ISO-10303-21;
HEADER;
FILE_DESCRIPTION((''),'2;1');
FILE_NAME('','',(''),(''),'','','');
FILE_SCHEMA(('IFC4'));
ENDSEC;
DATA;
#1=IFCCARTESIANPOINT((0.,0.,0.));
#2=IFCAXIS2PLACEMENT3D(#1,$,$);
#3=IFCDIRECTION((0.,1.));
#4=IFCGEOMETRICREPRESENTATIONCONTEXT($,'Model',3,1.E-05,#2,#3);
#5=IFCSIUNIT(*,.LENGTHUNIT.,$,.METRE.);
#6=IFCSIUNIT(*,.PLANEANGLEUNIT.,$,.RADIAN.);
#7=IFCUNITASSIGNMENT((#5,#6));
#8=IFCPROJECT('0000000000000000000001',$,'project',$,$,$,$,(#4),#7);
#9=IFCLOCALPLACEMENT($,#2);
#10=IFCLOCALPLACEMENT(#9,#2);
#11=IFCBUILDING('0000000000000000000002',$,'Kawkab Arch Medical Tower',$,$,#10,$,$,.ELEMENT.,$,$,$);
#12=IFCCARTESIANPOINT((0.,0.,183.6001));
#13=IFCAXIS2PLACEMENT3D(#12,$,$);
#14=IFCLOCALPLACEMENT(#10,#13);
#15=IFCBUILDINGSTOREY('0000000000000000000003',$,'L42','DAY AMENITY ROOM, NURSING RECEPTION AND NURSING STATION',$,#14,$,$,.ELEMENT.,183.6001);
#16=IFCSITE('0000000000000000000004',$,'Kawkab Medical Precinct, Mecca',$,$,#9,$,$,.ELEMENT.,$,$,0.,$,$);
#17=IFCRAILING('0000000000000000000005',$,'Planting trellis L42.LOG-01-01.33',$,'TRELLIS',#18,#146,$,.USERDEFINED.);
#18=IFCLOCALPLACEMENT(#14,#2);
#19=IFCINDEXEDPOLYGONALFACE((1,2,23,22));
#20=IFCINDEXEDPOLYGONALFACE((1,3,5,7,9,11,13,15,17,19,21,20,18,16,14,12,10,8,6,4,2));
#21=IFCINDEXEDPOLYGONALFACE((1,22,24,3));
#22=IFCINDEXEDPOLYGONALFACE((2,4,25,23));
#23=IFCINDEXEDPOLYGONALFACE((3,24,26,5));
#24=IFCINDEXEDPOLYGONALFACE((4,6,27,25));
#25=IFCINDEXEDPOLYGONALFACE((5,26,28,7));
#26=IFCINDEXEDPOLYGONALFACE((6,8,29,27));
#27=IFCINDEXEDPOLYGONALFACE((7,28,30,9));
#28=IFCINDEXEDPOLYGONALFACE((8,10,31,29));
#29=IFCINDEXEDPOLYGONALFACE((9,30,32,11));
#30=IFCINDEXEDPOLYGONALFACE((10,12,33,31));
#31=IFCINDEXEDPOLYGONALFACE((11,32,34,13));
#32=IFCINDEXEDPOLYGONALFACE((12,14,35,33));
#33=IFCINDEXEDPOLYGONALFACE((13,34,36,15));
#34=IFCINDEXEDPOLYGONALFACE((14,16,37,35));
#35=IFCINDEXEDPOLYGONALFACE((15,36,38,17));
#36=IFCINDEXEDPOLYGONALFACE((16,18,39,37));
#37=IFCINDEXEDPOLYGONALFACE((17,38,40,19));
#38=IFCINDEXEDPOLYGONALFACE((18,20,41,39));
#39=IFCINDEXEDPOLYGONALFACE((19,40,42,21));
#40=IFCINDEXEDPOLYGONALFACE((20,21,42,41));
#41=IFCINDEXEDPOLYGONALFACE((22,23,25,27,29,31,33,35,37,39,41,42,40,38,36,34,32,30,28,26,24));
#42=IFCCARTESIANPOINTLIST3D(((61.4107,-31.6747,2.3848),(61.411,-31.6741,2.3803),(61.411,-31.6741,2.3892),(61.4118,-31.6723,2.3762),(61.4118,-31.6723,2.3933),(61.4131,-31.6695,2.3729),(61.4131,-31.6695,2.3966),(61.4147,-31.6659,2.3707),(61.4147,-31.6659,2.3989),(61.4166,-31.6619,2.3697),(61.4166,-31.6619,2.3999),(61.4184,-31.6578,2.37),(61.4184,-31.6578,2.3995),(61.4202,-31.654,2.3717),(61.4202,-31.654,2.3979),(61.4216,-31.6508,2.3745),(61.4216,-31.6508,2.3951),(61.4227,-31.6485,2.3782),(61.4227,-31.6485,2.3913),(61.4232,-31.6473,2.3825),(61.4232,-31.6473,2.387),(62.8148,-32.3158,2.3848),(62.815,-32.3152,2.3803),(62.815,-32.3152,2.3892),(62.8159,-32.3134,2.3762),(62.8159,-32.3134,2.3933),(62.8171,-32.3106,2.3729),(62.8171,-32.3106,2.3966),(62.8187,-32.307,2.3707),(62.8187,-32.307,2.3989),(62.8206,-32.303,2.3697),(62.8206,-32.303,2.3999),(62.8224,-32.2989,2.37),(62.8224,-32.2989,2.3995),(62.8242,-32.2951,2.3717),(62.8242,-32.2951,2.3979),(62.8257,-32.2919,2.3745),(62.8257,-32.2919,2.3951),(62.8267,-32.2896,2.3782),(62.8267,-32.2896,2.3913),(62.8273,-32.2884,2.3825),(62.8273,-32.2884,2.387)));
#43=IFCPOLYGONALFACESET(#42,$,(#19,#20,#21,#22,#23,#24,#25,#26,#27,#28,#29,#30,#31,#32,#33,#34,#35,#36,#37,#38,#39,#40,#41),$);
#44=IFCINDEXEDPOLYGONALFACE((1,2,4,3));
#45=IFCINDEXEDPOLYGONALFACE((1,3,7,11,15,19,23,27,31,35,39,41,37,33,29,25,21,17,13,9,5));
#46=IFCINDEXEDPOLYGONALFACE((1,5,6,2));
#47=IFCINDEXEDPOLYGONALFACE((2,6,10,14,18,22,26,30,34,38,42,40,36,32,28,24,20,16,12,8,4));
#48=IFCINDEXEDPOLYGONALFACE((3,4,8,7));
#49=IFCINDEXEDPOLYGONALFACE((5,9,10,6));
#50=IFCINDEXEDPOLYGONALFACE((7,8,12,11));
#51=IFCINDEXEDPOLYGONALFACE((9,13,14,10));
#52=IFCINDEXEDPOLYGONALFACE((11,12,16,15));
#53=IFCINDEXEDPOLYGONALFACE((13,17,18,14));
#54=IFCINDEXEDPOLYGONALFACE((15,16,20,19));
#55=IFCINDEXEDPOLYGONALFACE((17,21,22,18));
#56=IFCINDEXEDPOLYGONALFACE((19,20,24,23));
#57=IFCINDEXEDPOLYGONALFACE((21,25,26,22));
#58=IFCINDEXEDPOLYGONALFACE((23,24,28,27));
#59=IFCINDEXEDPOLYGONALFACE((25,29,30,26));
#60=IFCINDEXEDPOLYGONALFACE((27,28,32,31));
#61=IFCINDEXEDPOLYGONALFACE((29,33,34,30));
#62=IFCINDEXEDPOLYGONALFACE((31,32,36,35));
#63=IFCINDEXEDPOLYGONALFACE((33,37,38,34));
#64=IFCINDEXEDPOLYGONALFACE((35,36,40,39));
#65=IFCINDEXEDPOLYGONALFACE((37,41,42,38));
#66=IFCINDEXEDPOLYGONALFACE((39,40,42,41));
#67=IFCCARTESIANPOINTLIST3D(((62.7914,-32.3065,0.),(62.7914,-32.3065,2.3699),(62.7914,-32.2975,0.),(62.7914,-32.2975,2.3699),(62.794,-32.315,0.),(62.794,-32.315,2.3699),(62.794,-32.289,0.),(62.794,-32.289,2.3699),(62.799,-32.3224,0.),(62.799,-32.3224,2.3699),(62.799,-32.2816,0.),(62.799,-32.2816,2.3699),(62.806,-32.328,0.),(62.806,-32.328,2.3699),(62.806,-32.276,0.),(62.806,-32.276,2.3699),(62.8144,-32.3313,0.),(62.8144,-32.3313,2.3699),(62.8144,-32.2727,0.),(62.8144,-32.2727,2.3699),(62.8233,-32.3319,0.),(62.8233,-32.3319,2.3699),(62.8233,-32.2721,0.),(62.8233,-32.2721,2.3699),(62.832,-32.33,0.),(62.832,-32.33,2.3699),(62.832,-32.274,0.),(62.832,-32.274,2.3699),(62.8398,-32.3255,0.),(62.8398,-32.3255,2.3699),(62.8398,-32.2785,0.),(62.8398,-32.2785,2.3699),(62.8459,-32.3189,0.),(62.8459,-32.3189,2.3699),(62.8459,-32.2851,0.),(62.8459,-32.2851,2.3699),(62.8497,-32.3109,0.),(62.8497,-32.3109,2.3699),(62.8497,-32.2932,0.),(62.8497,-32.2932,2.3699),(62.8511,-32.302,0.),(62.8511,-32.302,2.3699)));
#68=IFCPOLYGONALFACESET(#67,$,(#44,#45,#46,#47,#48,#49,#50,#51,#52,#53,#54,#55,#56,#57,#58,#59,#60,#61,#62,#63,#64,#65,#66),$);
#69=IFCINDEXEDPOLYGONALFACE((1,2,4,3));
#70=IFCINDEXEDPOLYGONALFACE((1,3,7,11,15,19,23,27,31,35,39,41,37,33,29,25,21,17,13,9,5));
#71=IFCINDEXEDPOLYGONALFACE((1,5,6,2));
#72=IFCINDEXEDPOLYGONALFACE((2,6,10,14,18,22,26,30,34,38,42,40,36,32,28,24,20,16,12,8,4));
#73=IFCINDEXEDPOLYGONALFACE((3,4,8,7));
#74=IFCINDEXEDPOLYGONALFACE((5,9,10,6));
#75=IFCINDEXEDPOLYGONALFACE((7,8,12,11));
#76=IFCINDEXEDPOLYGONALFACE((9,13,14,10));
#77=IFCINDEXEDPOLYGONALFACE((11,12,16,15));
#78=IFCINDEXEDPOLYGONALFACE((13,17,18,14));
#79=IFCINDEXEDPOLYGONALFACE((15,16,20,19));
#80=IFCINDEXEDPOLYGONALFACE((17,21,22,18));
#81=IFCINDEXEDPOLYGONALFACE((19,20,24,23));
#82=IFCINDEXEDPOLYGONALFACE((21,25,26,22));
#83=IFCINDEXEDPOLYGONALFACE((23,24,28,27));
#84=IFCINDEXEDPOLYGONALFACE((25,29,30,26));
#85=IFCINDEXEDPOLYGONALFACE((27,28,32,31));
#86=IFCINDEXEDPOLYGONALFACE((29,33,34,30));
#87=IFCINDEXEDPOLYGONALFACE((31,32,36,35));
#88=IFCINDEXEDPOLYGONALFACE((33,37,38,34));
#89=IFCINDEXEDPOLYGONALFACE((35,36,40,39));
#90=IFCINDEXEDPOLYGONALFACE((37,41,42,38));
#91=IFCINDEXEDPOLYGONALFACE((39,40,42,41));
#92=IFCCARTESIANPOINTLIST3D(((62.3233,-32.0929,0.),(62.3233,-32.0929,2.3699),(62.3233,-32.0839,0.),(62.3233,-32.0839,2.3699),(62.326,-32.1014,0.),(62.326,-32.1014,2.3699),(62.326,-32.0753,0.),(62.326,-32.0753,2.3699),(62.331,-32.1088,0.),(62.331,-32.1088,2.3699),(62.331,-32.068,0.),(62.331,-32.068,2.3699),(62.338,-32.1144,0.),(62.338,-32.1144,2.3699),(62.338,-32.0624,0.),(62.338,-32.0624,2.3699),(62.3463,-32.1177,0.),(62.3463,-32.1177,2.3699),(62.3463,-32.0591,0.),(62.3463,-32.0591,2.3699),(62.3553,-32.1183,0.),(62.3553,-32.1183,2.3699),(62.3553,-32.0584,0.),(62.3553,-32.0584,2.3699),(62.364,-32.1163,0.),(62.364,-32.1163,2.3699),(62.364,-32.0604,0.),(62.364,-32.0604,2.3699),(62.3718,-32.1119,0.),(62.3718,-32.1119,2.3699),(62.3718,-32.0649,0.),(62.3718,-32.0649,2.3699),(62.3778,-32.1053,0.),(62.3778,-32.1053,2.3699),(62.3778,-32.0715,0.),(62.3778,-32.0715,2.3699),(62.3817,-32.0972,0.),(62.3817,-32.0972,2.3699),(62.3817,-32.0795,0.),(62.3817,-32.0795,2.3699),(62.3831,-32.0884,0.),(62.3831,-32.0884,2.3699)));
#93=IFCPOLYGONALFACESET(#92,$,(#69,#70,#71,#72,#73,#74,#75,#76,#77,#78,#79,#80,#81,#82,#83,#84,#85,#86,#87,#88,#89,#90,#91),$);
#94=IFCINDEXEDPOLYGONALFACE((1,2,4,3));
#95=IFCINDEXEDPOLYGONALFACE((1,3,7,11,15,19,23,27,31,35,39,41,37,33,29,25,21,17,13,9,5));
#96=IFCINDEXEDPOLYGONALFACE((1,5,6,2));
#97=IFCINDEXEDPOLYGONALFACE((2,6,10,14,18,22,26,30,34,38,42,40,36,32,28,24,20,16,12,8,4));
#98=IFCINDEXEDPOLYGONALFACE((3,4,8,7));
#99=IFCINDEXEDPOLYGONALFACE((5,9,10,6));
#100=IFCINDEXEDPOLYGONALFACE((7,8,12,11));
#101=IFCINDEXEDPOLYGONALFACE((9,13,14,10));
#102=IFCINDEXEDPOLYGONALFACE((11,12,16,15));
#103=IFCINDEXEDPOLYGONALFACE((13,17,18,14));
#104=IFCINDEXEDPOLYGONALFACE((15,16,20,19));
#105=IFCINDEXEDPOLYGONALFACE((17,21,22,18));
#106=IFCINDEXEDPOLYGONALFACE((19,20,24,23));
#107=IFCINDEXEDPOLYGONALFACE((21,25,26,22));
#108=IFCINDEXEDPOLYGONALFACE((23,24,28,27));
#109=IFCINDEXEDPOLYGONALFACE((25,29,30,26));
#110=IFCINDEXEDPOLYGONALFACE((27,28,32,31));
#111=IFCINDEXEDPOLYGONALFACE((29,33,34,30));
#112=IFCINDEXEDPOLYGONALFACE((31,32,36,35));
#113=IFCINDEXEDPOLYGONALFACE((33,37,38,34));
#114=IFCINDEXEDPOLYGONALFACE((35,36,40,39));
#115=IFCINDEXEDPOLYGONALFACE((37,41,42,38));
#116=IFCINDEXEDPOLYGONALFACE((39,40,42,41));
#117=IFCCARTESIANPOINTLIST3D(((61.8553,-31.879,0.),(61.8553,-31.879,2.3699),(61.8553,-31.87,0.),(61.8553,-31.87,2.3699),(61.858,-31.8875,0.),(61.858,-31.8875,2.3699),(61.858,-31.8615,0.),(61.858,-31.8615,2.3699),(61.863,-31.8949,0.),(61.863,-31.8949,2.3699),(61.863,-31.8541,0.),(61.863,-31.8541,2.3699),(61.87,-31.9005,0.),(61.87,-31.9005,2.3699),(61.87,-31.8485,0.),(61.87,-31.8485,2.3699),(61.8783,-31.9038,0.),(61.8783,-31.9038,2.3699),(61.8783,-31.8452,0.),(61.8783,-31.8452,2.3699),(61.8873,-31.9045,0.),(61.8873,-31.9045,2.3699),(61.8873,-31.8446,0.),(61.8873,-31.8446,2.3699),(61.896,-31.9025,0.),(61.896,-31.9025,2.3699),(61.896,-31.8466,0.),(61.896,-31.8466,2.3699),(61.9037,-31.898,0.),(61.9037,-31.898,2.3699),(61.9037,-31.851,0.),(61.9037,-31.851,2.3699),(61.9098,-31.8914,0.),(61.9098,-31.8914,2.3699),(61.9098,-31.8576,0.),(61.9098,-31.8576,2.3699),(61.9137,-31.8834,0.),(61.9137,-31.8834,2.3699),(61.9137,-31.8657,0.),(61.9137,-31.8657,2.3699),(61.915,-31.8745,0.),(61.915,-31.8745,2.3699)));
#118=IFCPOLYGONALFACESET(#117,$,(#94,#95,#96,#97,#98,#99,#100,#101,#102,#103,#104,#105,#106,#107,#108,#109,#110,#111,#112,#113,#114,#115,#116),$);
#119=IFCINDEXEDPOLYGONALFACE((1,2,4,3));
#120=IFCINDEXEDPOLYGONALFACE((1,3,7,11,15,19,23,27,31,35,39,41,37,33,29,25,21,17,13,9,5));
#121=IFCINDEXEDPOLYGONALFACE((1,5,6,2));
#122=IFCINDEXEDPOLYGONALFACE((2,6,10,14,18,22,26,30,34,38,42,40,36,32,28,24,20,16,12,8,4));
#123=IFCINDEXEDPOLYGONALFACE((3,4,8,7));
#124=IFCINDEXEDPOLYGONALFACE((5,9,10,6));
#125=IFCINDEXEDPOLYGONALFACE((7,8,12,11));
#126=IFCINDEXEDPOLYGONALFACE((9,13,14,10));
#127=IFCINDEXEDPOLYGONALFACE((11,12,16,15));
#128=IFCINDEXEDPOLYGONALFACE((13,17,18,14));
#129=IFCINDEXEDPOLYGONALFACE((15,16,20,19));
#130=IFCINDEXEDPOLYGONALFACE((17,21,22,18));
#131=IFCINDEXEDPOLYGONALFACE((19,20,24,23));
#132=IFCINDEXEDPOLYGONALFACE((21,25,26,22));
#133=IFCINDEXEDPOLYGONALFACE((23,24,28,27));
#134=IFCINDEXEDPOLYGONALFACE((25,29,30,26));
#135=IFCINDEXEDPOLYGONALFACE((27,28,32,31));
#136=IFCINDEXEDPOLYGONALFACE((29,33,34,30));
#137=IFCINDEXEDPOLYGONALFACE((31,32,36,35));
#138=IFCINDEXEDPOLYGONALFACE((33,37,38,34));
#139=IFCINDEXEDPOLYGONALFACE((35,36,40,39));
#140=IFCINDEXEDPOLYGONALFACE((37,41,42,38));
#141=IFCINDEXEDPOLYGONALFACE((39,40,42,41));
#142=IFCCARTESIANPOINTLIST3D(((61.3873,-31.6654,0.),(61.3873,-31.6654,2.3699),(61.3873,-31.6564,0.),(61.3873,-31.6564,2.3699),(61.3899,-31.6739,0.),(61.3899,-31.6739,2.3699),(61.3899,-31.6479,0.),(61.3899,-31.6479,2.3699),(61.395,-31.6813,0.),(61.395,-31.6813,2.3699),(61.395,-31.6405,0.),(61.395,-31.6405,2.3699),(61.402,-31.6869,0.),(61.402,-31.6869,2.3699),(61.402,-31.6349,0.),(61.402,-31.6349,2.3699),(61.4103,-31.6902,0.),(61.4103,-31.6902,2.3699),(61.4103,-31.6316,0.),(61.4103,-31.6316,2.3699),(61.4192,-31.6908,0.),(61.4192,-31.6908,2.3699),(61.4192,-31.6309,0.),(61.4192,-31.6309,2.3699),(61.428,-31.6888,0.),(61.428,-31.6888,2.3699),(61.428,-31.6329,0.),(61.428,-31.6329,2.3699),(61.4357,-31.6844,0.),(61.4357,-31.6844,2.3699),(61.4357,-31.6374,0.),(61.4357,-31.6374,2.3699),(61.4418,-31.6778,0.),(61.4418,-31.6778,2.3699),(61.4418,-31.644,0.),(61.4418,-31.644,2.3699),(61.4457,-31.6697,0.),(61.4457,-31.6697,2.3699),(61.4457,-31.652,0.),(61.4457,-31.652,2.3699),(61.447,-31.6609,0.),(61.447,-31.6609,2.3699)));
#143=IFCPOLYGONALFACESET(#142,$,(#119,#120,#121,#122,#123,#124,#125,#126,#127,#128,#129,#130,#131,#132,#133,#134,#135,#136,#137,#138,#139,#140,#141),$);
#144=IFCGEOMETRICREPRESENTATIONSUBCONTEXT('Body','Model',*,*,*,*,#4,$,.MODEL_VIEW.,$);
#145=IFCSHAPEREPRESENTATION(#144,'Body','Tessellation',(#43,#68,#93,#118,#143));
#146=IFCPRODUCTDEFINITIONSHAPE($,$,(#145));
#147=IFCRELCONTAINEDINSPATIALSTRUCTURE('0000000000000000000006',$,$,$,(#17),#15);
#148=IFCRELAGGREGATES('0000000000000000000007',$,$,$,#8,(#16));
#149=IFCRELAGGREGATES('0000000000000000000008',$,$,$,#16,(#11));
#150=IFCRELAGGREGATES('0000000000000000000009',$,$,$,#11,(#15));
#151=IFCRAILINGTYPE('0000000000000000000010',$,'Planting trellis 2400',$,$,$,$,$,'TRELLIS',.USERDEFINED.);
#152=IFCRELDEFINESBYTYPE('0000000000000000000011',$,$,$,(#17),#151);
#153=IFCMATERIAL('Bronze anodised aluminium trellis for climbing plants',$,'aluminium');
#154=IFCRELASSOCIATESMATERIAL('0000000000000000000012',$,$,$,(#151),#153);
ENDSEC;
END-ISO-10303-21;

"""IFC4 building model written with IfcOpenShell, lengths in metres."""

from ifc_helpers import new_model, si_unit, direction, frame, origin, origin_2d, place, context, subcontext, project, spatial, circle, extrude, material, type_object, element, save


model = new_model("IFC4")

# Units and contexts
model_context = context("Model", 3, precision=1e-05, world=origin(), true_north=direction((0.0, 1.0)))
body_context = subcontext(model_context, "Body", "Model", "MODEL_VIEW")
ifc_project = project(units=[si_unit("LENGTHUNIT", "METRE"), si_unit("PLANEANGLEUNIT", "RADIAN")], contexts=[model_context])

# Site, building, storey
site_placement = place(None, origin())
site = spatial("IfcSite", under=ifc_project, at=site_placement, Name="Kawkab Medical Precinct, Mecca", CompositionType="ELEMENT", RefElevation=0.0)
building_placement = place(site_placement, origin())
building = spatial("IfcBuilding", under=site, at=building_placement, Name="Kawkab Arch Medical Tower", CompositionType="ELEMENT")
storey_placement = place(building_placement, frame((0.0, 0.0, 183.6001)))
storey = spatial("IfcBuildingStorey", under=building, at=storey_placement, Name="L42", Description="DAY AMENITY ROOM, NURSING RECEPTION AND NURSING STATION", CompositionType="ELEMENT", Elevation=183.6001)

# Railing
ifc_material_1 = material(Name="Bronze anodised aluminium trellis for climbing plants", Category="aluminium")
railing_type = type_object("IfcRailingType", Name="Planting trellis 2400", ElementType="TRELLIS", PredefinedType="USERDEFINED", material=ifc_material_1)
railing_1_placement = place(storey_placement, frame((62.821, -32.302, 0.0)))
element("IfcRailing", 1, at=railing_1_placement, inside=storey, type_object=railing_type, Name="Planting trellis L42.LOG-01-01.33", ObjectType="TRELLIS", PredefinedType="USERDEFINED", context=body_context, shape_type="SweptSolid", body=[
    extrude(circle(Radius=0.0151, at=origin_2d()), frame((0.0, 0.0, 2.3848), z_axis=(-0.909656, 0.415363, 0.0), x_axis=(-0.415363, -0.909656, 0.0)), (0.0, 0.0, 1.0), 1.5435),
    extrude(circle(Radius=0.03, at=origin_2d()), origin(), (0.0, 0.0, 1.0), 2.3699),
    extrude(circle(Radius=0.03, at=origin_2d()), frame((-0.468, 0.2136, 0.0)), (0.0, 0.0, 1.0), 2.3699),
    extrude(circle(Radius=0.03, at=origin_2d()), frame((-0.936, 0.4275, 0.0)), (0.0, 0.0, 1.0), 2.3699),
    extrude(circle(Radius=0.03, at=origin_2d()), frame((-1.4041, 0.6411, 0.0)), (0.0, 0.0, 1.0), 2.3699),
])

save(model, "model.ifc")
